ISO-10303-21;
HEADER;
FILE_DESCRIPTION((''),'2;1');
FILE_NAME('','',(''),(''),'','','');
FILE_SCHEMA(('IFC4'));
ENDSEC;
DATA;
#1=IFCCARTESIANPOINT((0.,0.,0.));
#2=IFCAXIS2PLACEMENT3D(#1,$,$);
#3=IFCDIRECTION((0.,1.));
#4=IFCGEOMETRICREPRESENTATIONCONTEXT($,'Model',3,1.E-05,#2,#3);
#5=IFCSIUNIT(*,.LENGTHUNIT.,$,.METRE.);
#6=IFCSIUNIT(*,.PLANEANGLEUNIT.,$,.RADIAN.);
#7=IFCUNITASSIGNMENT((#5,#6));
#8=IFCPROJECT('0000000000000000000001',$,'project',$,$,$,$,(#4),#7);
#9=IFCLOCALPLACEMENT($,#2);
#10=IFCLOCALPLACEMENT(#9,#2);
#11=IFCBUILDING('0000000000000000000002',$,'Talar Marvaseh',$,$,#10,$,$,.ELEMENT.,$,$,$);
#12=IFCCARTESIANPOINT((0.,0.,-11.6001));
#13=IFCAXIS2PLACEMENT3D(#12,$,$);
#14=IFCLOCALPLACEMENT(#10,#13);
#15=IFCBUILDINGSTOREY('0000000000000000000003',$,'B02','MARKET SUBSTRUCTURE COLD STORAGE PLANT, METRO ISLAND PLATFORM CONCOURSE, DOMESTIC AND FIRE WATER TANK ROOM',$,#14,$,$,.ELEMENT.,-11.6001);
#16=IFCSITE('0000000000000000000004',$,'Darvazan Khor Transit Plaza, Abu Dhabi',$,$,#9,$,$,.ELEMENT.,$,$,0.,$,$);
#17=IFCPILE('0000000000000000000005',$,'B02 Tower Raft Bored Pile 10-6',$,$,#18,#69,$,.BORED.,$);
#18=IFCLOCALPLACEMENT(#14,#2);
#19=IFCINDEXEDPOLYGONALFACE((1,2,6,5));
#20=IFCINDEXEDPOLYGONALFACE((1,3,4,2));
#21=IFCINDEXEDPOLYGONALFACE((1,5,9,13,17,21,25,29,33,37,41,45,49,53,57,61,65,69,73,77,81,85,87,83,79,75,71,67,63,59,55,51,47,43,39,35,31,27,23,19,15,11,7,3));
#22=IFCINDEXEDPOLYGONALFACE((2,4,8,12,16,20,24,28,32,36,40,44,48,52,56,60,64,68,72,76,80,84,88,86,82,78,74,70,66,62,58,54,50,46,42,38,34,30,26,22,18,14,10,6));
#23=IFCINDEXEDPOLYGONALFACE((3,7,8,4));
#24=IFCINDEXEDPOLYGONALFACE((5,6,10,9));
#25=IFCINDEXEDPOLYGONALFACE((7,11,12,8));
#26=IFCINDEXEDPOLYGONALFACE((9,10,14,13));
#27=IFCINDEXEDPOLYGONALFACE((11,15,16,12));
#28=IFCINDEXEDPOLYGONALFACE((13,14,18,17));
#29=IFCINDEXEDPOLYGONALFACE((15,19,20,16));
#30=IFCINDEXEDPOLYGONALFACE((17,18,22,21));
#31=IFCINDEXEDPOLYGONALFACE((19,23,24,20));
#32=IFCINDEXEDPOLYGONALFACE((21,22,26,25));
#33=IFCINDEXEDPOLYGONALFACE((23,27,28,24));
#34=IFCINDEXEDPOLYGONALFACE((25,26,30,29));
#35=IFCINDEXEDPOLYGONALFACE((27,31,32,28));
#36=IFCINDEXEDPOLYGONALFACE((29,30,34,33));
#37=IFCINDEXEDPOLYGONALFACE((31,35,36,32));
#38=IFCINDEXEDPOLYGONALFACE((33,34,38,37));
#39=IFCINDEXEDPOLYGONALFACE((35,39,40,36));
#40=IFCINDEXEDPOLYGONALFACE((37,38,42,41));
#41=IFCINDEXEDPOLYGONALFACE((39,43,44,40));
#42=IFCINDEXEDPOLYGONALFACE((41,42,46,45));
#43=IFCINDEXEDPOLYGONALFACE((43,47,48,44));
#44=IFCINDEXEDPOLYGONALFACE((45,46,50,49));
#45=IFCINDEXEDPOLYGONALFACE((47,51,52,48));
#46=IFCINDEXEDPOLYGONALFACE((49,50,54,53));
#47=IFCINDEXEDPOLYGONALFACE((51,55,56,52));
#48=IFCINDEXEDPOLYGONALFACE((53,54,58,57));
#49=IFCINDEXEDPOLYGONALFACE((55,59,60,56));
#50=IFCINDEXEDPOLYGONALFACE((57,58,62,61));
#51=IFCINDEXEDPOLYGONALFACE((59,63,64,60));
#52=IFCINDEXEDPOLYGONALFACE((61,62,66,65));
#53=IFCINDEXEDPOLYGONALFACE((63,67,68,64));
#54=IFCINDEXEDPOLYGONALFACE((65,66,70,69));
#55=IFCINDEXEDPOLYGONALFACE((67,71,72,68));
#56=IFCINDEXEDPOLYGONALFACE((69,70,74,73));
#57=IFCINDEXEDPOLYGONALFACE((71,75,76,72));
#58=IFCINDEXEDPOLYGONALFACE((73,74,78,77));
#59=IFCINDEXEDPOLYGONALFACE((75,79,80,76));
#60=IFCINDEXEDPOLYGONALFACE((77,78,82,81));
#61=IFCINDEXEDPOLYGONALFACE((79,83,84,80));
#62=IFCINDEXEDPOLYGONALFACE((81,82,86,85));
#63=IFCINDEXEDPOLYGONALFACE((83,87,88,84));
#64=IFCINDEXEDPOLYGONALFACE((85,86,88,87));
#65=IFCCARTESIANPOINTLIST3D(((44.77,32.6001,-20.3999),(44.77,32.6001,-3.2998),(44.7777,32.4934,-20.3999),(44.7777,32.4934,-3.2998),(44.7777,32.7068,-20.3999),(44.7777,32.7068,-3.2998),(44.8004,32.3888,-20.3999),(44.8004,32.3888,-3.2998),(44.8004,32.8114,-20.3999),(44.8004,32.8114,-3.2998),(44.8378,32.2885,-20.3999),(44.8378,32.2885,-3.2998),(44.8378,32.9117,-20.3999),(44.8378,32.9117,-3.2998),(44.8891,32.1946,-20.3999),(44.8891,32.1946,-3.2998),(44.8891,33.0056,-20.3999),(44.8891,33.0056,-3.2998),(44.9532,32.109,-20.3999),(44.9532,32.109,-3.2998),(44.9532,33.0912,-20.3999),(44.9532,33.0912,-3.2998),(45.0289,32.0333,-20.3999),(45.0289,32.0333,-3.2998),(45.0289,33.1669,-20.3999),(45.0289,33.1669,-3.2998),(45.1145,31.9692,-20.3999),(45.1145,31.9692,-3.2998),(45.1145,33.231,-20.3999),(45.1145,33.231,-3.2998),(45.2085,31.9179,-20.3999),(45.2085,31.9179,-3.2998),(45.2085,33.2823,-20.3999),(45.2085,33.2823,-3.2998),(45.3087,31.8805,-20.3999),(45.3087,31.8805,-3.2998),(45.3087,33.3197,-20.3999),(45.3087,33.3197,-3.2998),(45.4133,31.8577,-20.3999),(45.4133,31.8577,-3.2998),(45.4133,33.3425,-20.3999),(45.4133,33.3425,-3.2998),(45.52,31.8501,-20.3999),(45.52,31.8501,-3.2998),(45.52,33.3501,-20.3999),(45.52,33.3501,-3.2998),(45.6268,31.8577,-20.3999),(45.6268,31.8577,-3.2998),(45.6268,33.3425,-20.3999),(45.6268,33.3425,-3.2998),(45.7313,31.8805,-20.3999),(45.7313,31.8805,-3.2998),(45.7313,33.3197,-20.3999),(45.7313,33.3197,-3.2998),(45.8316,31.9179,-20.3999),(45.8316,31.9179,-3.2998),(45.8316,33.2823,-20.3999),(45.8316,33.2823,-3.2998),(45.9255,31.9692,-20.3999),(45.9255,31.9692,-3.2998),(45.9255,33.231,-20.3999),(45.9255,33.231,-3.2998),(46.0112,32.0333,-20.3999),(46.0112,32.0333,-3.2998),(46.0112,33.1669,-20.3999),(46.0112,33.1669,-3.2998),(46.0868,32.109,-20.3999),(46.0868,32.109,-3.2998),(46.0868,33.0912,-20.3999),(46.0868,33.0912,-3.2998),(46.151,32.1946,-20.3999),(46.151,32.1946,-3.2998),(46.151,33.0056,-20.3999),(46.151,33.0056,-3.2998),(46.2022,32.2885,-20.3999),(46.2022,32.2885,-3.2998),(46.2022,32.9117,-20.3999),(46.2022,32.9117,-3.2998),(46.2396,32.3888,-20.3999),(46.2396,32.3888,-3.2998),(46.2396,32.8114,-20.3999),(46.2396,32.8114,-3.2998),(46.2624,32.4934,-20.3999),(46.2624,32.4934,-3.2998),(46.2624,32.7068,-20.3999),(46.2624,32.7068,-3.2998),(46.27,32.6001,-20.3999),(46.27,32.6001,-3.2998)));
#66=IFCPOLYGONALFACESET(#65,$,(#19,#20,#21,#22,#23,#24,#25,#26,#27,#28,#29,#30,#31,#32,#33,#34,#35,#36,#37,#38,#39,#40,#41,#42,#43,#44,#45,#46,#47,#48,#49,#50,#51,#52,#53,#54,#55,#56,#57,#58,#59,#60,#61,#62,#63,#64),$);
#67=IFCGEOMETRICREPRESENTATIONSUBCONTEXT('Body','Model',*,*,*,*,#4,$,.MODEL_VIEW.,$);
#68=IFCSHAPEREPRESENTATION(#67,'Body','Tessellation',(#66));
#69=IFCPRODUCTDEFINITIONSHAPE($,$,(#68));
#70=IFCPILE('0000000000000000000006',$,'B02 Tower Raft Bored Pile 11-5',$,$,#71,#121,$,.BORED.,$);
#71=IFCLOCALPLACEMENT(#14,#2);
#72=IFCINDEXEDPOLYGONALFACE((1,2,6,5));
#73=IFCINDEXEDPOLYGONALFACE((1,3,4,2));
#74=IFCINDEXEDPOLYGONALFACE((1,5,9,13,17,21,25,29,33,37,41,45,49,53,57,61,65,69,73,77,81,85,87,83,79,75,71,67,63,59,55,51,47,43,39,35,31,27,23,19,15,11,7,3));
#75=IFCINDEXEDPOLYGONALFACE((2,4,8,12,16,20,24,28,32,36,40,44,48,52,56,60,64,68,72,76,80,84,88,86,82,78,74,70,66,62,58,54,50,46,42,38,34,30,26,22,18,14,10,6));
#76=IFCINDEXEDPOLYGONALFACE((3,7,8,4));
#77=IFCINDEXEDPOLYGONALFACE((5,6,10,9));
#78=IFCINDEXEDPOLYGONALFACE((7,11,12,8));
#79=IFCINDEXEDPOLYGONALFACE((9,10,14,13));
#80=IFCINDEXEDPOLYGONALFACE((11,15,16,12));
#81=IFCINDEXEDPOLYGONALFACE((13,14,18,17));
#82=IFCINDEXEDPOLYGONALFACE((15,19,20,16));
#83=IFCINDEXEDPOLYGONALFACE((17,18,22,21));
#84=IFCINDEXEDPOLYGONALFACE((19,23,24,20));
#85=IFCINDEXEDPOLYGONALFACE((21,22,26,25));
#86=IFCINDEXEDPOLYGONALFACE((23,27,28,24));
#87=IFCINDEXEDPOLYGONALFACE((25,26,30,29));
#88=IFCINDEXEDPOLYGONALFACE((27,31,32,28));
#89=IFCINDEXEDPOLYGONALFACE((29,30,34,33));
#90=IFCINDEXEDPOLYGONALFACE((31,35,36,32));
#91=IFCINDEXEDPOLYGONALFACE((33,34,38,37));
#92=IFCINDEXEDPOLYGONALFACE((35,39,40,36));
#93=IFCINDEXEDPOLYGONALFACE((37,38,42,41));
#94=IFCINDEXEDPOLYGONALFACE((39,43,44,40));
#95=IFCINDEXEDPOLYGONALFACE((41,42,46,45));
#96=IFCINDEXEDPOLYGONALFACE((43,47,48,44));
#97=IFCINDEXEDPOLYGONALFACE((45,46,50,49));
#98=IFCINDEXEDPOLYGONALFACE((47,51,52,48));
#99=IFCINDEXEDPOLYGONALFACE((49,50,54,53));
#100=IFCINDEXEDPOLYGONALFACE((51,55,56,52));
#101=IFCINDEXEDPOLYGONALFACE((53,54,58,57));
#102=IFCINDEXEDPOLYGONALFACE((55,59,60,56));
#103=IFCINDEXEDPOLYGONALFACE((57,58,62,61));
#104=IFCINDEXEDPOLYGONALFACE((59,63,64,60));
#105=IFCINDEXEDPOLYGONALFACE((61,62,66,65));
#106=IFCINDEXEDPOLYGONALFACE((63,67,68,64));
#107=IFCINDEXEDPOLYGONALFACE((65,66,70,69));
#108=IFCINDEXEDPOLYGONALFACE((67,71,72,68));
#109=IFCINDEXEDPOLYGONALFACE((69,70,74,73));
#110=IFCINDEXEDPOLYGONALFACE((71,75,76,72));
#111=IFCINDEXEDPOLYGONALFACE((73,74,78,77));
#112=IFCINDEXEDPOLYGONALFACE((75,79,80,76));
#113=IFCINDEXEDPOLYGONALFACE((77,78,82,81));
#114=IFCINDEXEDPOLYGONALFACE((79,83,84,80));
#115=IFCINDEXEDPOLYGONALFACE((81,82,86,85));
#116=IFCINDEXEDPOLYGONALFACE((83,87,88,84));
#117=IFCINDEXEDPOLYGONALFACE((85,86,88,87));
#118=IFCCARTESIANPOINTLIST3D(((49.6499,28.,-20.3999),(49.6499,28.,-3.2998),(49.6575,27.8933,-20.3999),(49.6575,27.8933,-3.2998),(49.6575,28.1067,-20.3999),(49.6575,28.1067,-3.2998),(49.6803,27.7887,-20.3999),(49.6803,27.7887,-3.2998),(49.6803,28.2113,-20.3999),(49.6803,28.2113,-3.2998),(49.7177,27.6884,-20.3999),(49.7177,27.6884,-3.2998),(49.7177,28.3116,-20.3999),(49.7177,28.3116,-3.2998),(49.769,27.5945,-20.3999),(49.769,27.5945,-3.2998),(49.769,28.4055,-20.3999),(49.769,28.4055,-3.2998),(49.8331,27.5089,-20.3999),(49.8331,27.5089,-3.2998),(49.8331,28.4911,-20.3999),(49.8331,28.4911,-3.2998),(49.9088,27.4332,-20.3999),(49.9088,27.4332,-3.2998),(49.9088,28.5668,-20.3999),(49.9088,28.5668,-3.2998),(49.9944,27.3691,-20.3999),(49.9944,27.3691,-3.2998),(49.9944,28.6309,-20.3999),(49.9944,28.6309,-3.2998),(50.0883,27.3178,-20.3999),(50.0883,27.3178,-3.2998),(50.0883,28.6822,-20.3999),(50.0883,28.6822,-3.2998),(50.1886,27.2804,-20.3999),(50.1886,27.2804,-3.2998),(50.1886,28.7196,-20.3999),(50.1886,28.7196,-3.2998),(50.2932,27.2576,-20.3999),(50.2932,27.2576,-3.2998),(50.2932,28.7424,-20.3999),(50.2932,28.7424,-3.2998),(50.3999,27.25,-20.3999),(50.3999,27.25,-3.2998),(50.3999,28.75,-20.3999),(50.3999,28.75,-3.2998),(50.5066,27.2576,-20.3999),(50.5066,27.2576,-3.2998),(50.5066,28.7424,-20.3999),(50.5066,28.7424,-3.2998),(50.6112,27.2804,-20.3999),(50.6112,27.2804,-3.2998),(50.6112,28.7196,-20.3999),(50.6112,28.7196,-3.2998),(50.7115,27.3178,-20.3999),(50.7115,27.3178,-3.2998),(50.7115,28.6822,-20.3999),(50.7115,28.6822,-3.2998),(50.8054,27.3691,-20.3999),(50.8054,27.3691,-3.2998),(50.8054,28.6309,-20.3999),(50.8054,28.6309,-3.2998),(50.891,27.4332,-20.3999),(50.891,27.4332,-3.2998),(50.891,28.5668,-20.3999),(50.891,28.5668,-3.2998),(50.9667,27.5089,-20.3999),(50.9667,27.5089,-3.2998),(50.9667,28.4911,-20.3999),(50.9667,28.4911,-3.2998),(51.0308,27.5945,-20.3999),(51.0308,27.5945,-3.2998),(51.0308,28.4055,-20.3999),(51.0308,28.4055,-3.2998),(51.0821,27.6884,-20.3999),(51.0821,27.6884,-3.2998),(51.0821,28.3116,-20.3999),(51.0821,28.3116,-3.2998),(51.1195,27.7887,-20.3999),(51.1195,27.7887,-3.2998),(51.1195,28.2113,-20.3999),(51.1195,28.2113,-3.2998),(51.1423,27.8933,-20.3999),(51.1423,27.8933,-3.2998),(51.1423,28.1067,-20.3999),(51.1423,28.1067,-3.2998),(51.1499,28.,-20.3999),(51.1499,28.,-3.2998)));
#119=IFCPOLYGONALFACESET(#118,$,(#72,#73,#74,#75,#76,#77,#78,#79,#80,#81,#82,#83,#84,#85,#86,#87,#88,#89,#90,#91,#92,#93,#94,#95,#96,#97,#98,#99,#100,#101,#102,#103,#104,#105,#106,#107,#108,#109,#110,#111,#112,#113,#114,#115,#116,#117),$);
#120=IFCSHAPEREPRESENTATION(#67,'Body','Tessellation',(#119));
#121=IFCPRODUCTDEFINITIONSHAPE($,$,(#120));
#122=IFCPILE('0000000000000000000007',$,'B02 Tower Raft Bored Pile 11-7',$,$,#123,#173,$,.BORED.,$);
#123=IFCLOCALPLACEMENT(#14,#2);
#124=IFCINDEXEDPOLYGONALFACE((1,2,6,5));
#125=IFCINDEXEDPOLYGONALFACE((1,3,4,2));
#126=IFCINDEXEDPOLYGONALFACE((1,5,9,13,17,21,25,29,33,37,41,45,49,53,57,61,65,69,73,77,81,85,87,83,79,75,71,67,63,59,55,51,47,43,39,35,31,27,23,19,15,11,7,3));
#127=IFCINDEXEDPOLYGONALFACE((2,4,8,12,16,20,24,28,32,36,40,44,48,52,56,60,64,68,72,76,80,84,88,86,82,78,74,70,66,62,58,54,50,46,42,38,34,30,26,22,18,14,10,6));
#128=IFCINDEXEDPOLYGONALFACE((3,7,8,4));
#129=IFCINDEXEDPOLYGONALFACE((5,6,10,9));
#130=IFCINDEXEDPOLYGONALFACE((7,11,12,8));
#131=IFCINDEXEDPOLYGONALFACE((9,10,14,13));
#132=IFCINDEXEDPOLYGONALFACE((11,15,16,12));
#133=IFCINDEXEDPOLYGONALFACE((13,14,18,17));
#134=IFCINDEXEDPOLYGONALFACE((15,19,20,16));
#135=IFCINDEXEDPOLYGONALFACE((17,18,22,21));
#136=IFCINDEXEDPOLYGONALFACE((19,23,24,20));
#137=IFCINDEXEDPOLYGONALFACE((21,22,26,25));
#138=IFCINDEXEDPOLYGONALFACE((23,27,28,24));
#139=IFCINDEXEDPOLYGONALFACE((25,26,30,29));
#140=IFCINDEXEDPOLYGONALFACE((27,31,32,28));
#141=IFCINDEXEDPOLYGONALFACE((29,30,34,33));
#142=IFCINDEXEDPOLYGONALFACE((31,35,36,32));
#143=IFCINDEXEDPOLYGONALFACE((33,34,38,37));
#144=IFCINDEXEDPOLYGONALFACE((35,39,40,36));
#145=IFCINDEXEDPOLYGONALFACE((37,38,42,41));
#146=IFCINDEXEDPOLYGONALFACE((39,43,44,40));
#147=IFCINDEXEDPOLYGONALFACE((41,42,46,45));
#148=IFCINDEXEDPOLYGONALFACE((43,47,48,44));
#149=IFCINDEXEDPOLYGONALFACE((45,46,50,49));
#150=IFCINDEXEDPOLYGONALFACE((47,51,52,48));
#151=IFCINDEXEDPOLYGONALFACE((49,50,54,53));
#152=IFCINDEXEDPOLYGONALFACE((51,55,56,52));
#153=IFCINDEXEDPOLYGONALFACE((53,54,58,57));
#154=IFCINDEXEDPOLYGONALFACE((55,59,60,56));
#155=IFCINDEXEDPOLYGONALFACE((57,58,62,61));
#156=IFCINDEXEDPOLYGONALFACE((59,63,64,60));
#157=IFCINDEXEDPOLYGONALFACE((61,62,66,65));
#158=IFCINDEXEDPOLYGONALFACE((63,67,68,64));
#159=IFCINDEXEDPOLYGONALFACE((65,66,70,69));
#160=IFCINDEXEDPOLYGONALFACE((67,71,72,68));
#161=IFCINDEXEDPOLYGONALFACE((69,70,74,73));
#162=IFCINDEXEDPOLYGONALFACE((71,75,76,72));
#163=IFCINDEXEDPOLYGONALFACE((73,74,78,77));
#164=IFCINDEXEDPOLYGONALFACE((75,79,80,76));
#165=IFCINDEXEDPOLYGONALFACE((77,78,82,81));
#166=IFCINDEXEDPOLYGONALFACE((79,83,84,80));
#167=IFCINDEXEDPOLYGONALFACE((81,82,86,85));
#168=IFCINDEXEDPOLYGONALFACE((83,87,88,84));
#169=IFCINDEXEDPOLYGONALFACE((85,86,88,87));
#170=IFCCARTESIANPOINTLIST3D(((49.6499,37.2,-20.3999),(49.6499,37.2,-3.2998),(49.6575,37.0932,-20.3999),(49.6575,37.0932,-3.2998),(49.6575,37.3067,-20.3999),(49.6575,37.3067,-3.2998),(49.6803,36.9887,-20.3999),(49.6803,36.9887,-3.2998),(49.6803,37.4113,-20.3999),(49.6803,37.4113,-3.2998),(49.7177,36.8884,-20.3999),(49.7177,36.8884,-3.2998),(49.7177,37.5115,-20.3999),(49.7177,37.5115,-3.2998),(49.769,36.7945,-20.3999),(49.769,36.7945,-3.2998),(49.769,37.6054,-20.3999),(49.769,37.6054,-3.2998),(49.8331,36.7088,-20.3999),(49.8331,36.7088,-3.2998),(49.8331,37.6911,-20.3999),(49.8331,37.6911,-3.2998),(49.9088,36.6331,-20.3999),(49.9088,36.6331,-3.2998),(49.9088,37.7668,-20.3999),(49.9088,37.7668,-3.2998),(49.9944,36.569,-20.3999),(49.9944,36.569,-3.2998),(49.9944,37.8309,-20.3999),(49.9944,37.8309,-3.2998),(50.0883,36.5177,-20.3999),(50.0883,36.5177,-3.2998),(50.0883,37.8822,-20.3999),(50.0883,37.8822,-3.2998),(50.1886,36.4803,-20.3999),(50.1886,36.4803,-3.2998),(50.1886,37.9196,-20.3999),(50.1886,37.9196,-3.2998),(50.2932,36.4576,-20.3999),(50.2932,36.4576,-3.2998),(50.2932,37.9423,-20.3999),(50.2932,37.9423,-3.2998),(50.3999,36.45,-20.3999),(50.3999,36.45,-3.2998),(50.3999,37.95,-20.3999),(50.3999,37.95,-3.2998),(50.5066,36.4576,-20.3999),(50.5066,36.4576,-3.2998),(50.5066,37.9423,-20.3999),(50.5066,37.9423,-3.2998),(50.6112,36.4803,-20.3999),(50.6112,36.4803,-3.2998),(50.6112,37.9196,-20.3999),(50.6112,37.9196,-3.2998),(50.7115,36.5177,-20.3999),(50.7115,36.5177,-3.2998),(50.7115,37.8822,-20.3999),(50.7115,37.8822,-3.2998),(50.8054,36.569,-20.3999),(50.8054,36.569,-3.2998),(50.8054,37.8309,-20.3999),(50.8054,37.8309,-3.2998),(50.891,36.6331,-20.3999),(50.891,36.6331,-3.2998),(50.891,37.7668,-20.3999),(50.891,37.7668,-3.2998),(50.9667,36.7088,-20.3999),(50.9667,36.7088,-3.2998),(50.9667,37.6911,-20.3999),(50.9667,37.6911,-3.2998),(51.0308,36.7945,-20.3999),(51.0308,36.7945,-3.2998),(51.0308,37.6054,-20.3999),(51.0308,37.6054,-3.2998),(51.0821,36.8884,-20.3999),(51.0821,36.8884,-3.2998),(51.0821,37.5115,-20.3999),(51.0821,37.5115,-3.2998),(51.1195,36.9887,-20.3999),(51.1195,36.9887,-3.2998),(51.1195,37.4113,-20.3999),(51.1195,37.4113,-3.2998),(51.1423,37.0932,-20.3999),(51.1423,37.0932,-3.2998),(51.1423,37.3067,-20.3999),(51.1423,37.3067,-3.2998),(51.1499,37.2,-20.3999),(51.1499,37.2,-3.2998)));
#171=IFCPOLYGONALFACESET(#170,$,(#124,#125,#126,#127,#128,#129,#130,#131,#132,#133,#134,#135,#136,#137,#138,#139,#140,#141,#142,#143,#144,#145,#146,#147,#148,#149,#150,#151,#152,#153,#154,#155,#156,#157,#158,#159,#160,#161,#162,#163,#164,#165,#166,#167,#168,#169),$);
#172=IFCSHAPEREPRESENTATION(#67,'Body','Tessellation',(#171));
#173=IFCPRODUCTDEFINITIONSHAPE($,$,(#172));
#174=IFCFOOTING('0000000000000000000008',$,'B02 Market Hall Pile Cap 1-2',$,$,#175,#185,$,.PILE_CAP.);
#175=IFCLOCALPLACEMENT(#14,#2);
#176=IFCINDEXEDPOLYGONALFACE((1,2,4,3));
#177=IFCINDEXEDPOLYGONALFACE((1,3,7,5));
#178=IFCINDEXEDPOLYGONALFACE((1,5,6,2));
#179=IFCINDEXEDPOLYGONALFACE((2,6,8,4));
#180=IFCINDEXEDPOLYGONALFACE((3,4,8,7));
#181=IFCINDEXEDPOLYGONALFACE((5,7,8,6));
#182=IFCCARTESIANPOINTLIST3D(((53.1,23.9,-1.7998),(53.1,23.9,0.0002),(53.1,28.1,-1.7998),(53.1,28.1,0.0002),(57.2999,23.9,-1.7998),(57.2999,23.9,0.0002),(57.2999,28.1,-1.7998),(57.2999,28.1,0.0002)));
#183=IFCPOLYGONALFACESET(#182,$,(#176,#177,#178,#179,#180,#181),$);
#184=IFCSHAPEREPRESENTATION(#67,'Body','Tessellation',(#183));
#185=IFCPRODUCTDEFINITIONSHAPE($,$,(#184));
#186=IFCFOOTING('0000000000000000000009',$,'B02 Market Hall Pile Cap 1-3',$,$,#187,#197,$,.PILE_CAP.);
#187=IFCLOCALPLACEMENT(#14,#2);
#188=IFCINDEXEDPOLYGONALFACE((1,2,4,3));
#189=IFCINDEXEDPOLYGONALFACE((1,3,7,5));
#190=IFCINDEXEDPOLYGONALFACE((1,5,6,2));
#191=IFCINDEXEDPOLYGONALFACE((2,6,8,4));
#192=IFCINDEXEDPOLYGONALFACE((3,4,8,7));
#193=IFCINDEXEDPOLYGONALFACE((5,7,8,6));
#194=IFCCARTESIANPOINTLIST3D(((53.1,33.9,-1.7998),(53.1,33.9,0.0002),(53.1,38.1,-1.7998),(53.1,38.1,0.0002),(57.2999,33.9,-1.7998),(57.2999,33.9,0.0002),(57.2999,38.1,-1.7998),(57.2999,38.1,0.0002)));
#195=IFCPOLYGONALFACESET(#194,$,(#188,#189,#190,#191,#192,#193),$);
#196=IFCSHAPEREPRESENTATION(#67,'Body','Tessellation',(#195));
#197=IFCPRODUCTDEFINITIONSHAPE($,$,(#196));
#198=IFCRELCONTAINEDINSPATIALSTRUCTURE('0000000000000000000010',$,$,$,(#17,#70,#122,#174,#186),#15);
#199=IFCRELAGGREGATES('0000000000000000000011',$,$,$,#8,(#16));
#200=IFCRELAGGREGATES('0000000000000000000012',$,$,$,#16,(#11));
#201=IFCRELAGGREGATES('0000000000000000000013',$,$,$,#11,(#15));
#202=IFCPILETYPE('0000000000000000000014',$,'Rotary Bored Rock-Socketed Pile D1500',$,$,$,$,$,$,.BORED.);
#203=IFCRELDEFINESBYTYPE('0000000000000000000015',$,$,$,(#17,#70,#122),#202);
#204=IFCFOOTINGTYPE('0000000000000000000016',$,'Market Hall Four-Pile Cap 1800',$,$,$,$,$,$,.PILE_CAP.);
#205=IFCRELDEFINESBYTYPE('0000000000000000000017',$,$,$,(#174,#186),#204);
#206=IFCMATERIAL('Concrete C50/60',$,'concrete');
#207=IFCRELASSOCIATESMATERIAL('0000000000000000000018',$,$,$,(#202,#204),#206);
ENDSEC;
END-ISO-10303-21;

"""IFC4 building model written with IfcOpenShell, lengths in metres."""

from ifc_helpers import new_model, si_unit, direction, frame, origin, origin_2d, place, context, subcontext, project, spatial, rectangle, circle, extrude, source, transform, mapped, material, material_profile, profile_set, type_object, type_shapes, element, save


model = new_model("IFC4")

# Units and contexts
model_context = context("Model", 3, precision=1e-05, world=origin(), true_north=direction((0.0, 1.0)))
body_context = subcontext(model_context, "Body", "Model", "MODEL_VIEW")
ifc_project = project(units=[si_unit("LENGTHUNIT", "METRE"), si_unit("PLANEANGLEUNIT", "RADIAN")], contexts=[model_context])

# Site, building, storey
site_placement = place(None, origin())
site = spatial("IfcSite", under=ifc_project, at=site_placement, Name="Darvazan Khor Transit Plaza, Abu Dhabi", CompositionType="ELEMENT", RefElevation=0.0)
building_placement = place(site_placement, origin())
building = spatial("IfcBuilding", under=site, at=building_placement, Name="Talar Marvaseh", CompositionType="ELEMENT")
storey_placement = place(building_placement, frame((0.0, 0.0, -11.6001)))
storey = spatial("IfcBuildingStorey", under=building, at=storey_placement, Name="B02", Description="MARKET SUBSTRUCTURE COLD STORAGE PLANT, METRO ISLAND PLATFORM CONCOURSE, DOMESTIC AND FIRE WATER TANK ROOM", CompositionType="ELEMENT", Elevation=-11.6001)

# Piles
ifc_material_1 = material(Name="Concrete C50/60", Category="concrete")
ifc_material_profile_1 = material_profile(ifc_material_1, circle(Radius=0.75, at=origin_2d()), Name="PILE-D1500")
ifc_profile_set_1 = profile_set([ifc_material_profile_1], Name="Concrete C50/60")
pile_type_1 = type_object("IfcPileType", Name="Rotary Bored Rock-Socketed Pile D1500", PredefinedType="BORED", material=ifc_profile_set_1)
shared_shape_1 = source(origin(), body_context, "Body", "SweptSolid", [
    extrude(circle(Radius=0.75, at=origin_2d()), origin(), (0.0, 0.0, 1.0), 17.1001),
])
type_shapes(pile_type_1, [shared_shape_1])
for number, where, z_axis, x_axis, name in (
    (1, (45.52, 32.6001, -3.2998), (0.0, 0.0, -1.0), (1.0, 0.0, 0.0), "B02 Tower Raft Bored Pile 10-6"),
    (2, (50.3999, 28.0, -3.2998), (0.0, 0.0, -1.0), (1.0, 0.0, 0.0), "B02 Tower Raft Bored Pile 11-5"),
    (3, (50.3999, 37.2, -3.2998), (0.0, 0.0, -1.0), (1.0, 0.0, 0.0), "B02 Tower Raft Bored Pile 11-7"),
):
    element("IfcPile", number, at=place(storey_placement, frame(where, z_axis=z_axis, x_axis=x_axis)), inside=storey, type_object=pile_type_1, Name=name, PredefinedType="BORED", context=body_context, shape_type="MappedRepresentation", body=[
        mapped(shared_shape_1, transform((0.0, 0.0, 0.0), x_axis=(1.0, 0.0, 0.0), y_axis=(0.0, 1.0, 0.0), z_axis=(0.0, 0.0, 1.0), scale=1.0)),
    ])

# Footings
footing_type_1 = type_object("IfcFootingType", Name="Market Hall Four-Pile Cap 1800", PredefinedType="PILE_CAP", material=ifc_material_1)
shared_shape_2 = source(origin(), body_context, "Body", "SweptSolid", [
    extrude(rectangle(XDim=4.2, YDim=4.2, at=origin_2d()), origin(), (0.0, 0.0, 1.0), 1.8),
])
type_shapes(footing_type_1, [shared_shape_2])
for number, where, z_axis, x_axis, name in (
    (4, (55.2, 26.0, -1.7998), (0.0, 0.0, 1.0), (1.0, 0.0, 0.0), "B02 Market Hall Pile Cap 1-2"),
    (5, (55.2, 36.0, -1.7998), (0.0, 0.0, 1.0), (1.0, 0.0, 0.0), "B02 Market Hall Pile Cap 1-3"),
):
    element("IfcFooting", number, at=place(storey_placement, frame(where, z_axis=z_axis, x_axis=x_axis)), inside=storey, type_object=footing_type_1, Name=name, PredefinedType="PILE_CAP", context=body_context, shape_type="MappedRepresentation", body=[
        mapped(shared_shape_2, transform((0.0, 0.0, 0.0), x_axis=(1.0, 0.0, 0.0), y_axis=(0.0, 1.0, 0.0), z_axis=(0.0, 0.0, 1.0), scale=1.0)),
    ])

save(model, "model.ifc")
